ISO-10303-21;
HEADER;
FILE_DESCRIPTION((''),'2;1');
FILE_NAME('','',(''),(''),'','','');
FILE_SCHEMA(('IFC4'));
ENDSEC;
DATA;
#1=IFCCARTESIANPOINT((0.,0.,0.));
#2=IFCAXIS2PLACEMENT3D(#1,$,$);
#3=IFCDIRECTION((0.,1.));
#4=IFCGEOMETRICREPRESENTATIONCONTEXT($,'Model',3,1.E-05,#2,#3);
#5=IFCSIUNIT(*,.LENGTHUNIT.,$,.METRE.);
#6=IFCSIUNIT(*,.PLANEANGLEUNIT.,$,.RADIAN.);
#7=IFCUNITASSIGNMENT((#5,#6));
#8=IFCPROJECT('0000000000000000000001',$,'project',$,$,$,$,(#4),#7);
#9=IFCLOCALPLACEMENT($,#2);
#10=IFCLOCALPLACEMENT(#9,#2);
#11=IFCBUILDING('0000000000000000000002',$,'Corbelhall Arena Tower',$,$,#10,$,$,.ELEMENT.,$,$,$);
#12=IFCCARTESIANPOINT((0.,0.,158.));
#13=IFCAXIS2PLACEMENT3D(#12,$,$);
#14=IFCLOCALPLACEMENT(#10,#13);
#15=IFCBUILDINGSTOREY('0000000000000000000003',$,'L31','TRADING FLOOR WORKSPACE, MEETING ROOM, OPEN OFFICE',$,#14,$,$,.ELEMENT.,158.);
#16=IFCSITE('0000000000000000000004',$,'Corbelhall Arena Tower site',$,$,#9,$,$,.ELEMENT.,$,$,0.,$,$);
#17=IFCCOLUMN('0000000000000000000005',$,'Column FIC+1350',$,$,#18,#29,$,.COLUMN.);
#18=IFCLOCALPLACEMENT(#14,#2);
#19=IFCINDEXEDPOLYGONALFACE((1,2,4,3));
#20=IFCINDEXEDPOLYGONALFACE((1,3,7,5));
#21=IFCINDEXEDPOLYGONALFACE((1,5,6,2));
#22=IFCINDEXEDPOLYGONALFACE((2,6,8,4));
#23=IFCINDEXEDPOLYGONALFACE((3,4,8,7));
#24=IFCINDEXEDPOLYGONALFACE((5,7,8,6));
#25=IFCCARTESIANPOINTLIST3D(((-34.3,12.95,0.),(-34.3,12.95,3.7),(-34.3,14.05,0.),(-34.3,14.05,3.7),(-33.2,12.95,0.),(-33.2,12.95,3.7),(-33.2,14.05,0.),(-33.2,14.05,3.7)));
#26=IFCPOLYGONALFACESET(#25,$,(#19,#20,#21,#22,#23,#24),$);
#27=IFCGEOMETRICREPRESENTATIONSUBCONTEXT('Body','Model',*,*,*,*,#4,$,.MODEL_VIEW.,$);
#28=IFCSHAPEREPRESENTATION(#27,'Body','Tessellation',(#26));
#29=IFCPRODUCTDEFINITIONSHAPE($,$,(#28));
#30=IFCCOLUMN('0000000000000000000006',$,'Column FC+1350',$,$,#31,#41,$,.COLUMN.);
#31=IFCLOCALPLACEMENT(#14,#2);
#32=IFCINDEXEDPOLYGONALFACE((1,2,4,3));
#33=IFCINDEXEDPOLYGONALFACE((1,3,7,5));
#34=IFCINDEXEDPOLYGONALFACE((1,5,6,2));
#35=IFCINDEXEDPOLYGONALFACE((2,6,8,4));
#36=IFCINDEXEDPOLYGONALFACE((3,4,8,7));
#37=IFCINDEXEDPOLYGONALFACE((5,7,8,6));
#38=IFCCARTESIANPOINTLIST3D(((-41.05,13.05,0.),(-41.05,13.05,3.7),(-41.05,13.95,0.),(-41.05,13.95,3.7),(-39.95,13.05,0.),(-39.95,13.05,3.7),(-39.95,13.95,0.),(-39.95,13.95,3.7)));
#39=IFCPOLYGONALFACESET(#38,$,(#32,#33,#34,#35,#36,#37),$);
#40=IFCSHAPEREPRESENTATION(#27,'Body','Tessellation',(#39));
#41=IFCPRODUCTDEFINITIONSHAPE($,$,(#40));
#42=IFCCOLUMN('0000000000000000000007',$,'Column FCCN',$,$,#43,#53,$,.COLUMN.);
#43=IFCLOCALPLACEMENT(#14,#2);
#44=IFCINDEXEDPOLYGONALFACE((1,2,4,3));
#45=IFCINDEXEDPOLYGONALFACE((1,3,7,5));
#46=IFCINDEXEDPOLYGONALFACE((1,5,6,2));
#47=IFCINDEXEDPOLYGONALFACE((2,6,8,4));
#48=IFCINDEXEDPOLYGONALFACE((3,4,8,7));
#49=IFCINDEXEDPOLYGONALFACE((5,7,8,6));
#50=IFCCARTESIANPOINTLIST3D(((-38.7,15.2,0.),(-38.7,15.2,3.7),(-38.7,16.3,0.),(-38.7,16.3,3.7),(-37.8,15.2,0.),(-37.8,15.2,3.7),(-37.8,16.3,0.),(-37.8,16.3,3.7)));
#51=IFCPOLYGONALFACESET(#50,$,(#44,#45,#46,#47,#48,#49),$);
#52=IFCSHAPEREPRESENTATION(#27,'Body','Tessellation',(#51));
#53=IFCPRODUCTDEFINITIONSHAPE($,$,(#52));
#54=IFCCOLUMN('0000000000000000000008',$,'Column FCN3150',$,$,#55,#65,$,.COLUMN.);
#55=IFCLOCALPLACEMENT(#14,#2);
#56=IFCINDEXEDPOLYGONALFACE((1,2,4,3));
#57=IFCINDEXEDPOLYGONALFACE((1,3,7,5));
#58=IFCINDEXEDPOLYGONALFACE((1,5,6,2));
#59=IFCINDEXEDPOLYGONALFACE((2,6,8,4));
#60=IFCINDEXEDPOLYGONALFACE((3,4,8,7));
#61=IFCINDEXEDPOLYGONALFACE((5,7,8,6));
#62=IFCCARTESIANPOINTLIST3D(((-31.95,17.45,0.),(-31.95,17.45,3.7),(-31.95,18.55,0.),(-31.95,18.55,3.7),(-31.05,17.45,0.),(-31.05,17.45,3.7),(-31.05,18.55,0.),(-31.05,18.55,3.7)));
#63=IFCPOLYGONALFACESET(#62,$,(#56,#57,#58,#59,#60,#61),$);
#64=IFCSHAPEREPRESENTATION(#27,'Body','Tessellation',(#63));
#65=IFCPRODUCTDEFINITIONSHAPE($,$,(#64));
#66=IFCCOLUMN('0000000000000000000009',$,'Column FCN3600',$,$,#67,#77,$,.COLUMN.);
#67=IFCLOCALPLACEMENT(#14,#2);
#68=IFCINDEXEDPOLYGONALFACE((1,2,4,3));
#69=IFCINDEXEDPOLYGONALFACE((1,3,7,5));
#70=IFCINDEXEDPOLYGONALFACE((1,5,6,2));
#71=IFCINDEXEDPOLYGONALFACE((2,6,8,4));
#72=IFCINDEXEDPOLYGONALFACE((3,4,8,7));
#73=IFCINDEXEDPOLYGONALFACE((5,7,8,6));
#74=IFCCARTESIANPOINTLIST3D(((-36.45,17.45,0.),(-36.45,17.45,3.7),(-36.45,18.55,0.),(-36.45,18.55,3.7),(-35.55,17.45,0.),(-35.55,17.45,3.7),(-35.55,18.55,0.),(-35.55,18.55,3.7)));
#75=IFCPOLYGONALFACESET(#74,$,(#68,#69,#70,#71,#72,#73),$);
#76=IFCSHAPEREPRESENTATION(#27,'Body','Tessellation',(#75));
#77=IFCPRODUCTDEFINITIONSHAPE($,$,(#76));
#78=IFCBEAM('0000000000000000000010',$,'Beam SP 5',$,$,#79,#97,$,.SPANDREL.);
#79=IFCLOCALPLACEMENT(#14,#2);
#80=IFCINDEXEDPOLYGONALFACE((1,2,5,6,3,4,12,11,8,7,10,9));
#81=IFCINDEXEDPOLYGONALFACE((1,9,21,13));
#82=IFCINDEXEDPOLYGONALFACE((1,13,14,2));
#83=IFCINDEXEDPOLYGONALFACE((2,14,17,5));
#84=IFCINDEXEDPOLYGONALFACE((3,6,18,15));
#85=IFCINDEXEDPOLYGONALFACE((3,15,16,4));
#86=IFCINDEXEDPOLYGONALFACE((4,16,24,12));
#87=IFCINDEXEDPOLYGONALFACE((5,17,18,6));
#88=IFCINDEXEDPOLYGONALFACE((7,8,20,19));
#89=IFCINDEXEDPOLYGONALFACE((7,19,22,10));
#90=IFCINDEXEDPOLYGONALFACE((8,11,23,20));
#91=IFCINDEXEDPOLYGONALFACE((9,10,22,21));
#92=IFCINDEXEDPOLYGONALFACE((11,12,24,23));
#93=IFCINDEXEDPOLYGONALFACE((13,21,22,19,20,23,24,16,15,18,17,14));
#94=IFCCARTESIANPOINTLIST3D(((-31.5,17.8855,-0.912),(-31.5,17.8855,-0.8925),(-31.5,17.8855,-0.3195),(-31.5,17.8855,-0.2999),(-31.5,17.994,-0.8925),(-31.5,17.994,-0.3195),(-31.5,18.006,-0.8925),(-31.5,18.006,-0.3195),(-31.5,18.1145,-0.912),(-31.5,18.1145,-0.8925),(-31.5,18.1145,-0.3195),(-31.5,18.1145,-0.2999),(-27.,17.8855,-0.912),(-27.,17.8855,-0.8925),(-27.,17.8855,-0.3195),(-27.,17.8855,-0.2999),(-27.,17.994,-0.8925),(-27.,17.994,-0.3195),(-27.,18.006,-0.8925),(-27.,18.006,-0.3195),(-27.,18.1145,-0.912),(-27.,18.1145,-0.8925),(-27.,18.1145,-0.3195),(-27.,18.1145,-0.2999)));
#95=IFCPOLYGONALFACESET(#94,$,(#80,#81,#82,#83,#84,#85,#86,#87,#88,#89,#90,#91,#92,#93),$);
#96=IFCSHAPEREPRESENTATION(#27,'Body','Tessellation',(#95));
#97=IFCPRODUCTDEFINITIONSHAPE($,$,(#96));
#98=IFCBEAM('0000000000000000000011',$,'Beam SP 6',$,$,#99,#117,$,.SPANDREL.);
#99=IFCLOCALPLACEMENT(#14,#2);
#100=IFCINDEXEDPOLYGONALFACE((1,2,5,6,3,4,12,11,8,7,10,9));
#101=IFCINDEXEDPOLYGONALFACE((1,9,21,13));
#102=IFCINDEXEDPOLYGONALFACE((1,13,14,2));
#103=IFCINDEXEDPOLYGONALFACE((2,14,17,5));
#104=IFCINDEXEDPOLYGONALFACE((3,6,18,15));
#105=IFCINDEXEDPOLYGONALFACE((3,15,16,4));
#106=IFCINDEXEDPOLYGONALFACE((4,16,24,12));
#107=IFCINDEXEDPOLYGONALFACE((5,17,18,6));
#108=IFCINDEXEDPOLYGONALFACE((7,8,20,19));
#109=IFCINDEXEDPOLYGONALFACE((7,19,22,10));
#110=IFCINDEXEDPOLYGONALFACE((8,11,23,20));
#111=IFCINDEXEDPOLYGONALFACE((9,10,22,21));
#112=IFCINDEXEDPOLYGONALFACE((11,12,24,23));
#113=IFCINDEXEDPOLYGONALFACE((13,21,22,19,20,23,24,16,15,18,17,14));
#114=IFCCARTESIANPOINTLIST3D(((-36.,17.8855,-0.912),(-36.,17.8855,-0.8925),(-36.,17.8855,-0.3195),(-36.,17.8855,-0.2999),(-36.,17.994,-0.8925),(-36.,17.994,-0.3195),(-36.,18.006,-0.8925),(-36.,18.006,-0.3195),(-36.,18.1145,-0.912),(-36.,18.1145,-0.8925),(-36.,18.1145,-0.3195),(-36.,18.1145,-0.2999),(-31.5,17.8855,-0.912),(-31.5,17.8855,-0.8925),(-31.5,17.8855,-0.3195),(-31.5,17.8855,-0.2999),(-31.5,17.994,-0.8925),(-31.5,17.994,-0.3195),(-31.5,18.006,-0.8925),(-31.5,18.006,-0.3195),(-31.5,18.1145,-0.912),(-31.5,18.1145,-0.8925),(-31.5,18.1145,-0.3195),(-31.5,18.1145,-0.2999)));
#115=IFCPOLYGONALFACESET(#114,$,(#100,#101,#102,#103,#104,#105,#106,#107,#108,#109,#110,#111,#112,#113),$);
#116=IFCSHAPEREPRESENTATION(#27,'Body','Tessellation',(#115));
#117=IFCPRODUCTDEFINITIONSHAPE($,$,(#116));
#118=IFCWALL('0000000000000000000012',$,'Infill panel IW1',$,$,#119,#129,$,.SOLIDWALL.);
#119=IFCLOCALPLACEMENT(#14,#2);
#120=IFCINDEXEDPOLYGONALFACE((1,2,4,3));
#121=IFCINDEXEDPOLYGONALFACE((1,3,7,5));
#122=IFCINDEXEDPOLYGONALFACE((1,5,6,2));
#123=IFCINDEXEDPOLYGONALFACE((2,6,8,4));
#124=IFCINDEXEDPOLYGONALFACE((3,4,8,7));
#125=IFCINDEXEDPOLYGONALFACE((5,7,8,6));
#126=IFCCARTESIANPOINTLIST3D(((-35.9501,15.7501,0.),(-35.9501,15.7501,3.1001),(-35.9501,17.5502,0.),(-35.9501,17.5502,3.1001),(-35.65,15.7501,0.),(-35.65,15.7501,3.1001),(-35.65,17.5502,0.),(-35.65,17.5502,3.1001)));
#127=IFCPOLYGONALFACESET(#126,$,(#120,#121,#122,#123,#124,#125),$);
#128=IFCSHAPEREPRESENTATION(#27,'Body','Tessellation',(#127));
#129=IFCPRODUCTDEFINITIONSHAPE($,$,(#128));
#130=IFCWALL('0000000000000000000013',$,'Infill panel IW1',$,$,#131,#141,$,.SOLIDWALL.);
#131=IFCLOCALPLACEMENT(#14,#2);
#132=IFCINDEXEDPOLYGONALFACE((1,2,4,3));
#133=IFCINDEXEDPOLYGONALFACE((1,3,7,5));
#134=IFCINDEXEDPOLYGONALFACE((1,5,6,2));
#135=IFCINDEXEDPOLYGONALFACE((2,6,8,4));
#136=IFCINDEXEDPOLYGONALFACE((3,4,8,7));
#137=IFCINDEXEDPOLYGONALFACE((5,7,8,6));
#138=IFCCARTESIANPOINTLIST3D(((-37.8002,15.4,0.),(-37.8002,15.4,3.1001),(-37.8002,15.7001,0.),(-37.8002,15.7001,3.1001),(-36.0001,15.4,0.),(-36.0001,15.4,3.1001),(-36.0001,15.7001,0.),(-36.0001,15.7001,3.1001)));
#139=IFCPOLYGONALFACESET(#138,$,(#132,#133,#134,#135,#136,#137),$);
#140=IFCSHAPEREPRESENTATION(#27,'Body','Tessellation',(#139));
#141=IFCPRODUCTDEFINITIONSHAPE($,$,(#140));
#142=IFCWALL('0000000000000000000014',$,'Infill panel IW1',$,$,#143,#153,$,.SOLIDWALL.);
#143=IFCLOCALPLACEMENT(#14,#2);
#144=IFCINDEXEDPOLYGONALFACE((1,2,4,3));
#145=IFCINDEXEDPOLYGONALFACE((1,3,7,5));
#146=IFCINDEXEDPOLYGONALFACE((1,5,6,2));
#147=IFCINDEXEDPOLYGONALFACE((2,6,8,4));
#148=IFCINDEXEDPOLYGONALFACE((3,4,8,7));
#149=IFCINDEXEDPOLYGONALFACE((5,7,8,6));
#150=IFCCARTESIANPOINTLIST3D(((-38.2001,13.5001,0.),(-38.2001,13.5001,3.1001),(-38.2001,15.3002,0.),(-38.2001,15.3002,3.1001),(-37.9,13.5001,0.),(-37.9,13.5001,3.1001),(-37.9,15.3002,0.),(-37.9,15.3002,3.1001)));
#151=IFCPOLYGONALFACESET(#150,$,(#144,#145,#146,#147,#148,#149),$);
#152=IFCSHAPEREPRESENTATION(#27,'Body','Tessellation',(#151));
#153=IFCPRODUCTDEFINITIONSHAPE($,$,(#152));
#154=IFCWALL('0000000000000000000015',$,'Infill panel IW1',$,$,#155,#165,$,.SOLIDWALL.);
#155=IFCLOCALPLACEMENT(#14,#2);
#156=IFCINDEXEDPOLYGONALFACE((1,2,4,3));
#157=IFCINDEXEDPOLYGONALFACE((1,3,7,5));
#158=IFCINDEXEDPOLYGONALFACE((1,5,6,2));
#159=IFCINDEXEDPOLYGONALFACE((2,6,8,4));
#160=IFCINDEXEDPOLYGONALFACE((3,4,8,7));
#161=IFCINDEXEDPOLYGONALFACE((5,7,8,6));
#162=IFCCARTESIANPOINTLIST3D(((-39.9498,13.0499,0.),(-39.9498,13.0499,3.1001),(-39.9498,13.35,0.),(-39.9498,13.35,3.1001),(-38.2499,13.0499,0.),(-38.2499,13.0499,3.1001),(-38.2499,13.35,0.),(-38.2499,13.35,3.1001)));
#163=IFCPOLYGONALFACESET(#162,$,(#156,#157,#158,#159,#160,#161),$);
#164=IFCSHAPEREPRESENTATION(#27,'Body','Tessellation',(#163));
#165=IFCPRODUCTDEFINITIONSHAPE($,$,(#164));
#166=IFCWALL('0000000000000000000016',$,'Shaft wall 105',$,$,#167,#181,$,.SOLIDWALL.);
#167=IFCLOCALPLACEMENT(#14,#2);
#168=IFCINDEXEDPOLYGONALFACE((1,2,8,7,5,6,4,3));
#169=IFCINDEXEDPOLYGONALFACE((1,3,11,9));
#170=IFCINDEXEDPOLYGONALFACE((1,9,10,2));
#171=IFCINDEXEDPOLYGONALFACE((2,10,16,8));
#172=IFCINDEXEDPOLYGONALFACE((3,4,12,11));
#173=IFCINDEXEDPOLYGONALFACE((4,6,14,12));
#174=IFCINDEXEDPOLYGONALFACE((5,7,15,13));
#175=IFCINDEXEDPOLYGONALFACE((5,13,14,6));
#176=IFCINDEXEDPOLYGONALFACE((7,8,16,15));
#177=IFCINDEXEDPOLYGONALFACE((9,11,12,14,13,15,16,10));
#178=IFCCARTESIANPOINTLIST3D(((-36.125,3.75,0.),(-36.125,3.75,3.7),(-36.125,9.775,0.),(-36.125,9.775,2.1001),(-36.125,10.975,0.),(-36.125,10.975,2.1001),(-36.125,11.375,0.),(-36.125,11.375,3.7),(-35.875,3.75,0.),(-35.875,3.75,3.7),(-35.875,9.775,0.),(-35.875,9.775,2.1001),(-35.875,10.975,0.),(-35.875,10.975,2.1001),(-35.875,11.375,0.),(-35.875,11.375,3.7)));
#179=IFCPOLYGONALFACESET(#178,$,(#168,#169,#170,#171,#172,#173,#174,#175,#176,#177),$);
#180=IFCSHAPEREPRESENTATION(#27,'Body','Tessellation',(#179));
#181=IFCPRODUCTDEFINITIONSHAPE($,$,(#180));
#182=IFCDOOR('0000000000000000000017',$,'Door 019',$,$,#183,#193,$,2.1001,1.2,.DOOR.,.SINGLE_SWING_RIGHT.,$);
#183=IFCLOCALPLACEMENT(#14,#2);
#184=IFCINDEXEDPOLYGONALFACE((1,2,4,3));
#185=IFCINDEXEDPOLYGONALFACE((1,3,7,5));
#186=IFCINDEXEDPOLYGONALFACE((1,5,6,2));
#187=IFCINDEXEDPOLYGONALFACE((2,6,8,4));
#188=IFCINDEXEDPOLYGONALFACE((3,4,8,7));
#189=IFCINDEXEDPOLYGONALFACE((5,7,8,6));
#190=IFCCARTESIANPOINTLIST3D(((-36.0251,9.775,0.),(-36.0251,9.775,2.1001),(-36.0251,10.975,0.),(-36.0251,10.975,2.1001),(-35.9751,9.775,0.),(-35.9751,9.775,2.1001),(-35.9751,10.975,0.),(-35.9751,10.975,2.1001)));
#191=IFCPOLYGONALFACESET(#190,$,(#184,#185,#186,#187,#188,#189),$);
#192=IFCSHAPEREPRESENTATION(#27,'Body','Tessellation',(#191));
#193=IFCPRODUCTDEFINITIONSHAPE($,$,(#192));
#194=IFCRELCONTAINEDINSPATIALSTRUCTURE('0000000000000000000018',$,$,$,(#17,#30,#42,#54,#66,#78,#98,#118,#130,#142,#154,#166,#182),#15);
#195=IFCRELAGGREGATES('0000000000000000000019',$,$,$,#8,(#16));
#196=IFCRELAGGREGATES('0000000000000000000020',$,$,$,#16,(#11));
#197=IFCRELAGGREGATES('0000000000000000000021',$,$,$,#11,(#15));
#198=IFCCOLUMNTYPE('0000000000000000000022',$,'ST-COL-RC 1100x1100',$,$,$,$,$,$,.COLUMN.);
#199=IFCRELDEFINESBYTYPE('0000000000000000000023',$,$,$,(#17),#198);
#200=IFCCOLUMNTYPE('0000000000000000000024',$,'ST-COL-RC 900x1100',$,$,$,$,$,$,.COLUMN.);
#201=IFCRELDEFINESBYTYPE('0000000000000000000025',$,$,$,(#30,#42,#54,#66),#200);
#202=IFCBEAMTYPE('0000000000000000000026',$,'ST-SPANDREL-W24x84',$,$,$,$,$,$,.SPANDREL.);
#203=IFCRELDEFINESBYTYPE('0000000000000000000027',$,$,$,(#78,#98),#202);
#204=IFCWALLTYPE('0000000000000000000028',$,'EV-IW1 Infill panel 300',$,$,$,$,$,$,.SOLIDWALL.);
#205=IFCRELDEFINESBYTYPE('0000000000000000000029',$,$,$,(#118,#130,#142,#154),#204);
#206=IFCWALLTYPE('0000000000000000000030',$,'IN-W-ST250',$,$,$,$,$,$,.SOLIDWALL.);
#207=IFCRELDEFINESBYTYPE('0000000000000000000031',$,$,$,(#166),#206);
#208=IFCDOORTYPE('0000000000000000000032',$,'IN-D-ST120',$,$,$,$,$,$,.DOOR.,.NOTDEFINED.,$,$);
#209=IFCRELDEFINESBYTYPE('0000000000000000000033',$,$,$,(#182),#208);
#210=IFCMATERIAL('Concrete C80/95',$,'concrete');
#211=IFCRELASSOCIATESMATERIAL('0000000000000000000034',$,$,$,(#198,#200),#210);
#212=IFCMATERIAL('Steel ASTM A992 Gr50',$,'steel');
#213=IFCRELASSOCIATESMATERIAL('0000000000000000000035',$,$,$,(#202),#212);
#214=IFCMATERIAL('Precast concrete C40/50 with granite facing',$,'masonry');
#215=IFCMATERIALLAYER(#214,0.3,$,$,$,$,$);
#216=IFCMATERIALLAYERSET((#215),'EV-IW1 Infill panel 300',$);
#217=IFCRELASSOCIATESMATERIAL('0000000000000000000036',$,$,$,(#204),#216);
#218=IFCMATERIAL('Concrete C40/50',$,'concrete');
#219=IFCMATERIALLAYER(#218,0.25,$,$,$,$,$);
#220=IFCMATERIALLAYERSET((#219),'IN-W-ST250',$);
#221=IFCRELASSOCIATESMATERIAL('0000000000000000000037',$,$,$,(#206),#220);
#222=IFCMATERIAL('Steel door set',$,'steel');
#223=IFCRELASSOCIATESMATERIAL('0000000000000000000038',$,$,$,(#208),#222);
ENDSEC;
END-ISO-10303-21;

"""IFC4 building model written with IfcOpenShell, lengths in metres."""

from ifc_helpers import new_model, si_unit, direction, frame, frame_2d, origin, origin_2d, place, context, subcontext, project, spatial, rectangle, i_section, extrude, material, layer, layer_set, material_profile, profile_set, type_object, element, fill, save


model = new_model("IFC4")

# Units and contexts
model_context = context("Model", 3, precision=1e-05, world=origin(), true_north=direction((0.0, 1.0)))
body_context = subcontext(model_context, "Body", "Model", "MODEL_VIEW")
ifc_project = project(units=[si_unit("LENGTHUNIT", "METRE"), si_unit("PLANEANGLEUNIT", "RADIAN")], contexts=[model_context])

# Site, building, storey
site_placement = place(None, origin())
site = spatial("IfcSite", under=ifc_project, at=site_placement, Name="Corbelhall Arena Tower site", CompositionType="ELEMENT", RefElevation=0.0)
building_placement = place(site_placement, origin())
building = spatial("IfcBuilding", under=site, at=building_placement, Name="Corbelhall Arena Tower", CompositionType="ELEMENT")
storey_placement = place(building_placement, frame((0.0, 0.0, 158.0)))
storey = spatial("IfcBuildingStorey", under=building, at=storey_placement, Name="L31", Description="TRADING FLOOR WORKSPACE, MEETING ROOM, OPEN OFFICE", CompositionType="ELEMENT", Elevation=158.0)

# Columns
ifc_material_1 = material(Name="Concrete C80/95", Category="concrete")
ifc_material_profile_1 = material_profile(ifc_material_1, rectangle(XDim=1.1001, YDim=1.1001, at=origin_2d()))
ifc_profile_set_1 = profile_set([ifc_material_profile_1], Name="Concrete C80/95")
column_type_1 = type_object("IfcColumnType", Name="ST-COL-RC 1100x1100", PredefinedType="COLUMN", material=ifc_profile_set_1)
column_placement = place(storey_placement, frame((-33.75, 13.5, 0.0), z_axis=(0.0, 0.0, 1.0), x_axis=(1.0, 0.0, 0.0)))
element("IfcColumn", 1, at=column_placement, inside=storey, type_object=column_type_1, Name="Column FIC+1350", PredefinedType="COLUMN", context=body_context, shape_type="SweptSolid", body=[
    extrude(rectangle(XDim=1.1001, YDim=1.1001, at=origin_2d()), origin(), (0.0, 0.0, 1.0), 3.7),
])
ifc_material_profile_2 = material_profile(ifc_material_1, rectangle(XDim=0.8999, YDim=1.1001, at=origin_2d()))
ifc_profile_set_2 = profile_set([ifc_material_profile_2], Name="Concrete C80/95")
column_type_2 = type_object("IfcColumnType", Name="ST-COL-RC 900x1100", PredefinedType="COLUMN", material=ifc_profile_set_2)
for number, where, z_axis, x_axis, name in (
    (2, (-40.5, 13.5, 0.0), (0.0, 0.0, 1.0), (0.0, 1.0, 0.0), "Column FC+1350"),
    (3, (-38.25, 15.75, 0.0), (0.0, 0.0, 1.0), (1.0, 0.0, 0.0), "Column FCCN"),
    (4, (-31.5, 18.0, 0.0), (0.0, 0.0, 1.0), (1.0, 0.0, 0.0), "Column FCN3150"),
    (5, (-36.0, 18.0, 0.0), (0.0, 0.0, 1.0), (1.0, 0.0, 0.0), "Column FCN3600"),
):
    element("IfcColumn", number, at=place(storey_placement, frame(where, z_axis=z_axis, x_axis=x_axis)), inside=storey, type_object=column_type_2, Name=name, PredefinedType="COLUMN", context=body_context, shape_type="SweptSolid", body=[
        extrude(rectangle(XDim=0.8999, YDim=1.1001, at=origin_2d()), origin(), (0.0, 0.0, 1.0), 3.7),
    ])

# Beams
ifc_material_2 = material(Name="Steel ASTM A992 Gr50", Category="steel")
ifc_material_profile_3 = material_profile(ifc_material_2, i_section(OverallWidth=0.229, OverallDepth=0.6121, WebThickness=0.012, FlangeThickness=0.0195, at=origin_2d()))
ifc_profile_set_3 = profile_set([ifc_material_profile_3], Name="Steel ASTM A992 Gr50")
beam_type = type_object("IfcBeamType", Name="ST-SPANDREL-W24x84", PredefinedType="SPANDREL", material=ifc_profile_set_3)
for number, where, z_axis, x_axis, name in (
    (6, (-31.5, 18.0, -0.606), (1.0, 0.0, 0.0), (0.0, 1.0, 0.0), "Beam SP 5"),
    (7, (-36.0, 18.0, -0.606), (1.0, 0.0, 0.0), (0.0, 1.0, 0.0), "Beam SP 6"),
):
    element("IfcBeam", number, at=place(storey_placement, frame(where, z_axis=z_axis, x_axis=x_axis)), inside=storey, type_object=beam_type, Name=name, PredefinedType="SPANDREL", context=body_context, shape_type="SweptSolid", body=[
        extrude(i_section(OverallWidth=0.229, OverallDepth=0.6121, WebThickness=0.012, FlangeThickness=0.0195, at=origin_2d()), origin(), (0.0, 0.0, 1.0), 4.5),
    ])

# Walls
ifc_material_3 = material(Name="Precast concrete C40/50 with granite facing", Category="masonry")
ifc_layer_1 = layer(ifc_material_3, 0.3)
ifc_layer_set_1 = layer_set([ifc_layer_1], Name="EV-IW1 Infill panel 300")
wall_type_1 = type_object("IfcWallType", Name="EV-IW1 Infill panel 300", PredefinedType="SOLIDWALL", material=ifc_layer_set_1)
for number, where, z_axis, x_axis, name in (
    (8, (-35.8, 17.55, 0.0), (0.0, 0.0, 1.0), (0.0, -1.0, 0.0), "Infill panel IW1"),
    (9, (-37.8, 15.55, 0.0), (0.0, 0.0, 1.0), (1.0, 0.0, 0.0), "Infill panel IW1"),
    (10, (-38.05, 15.3, 0.0), (0.0, 0.0, 1.0), (0.0, -1.0, 0.0), "Infill panel IW1"),
):
    element("IfcWall", number, at=place(storey_placement, frame(where, z_axis=z_axis, x_axis=x_axis)), inside=storey, type_object=wall_type_1, Name=name, PredefinedType="SOLIDWALL", context=body_context, shape_type="SweptSolid", body=[
        extrude(rectangle(XDim=1.8, YDim=0.3, at=frame_2d((0.8999, 0.0))), origin(), (0.0, 0.0, 1.0), 3.1001),
    ])
wall_1_placement = place(storey_placement, frame((-39.95, 13.2, 0.0), z_axis=(0.0, 0.0, 1.0), x_axis=(1.0, 0.0, 0.0)))
element("IfcWall", 11, at=wall_1_placement, inside=storey, type_object=wall_type_1, Name="Infill panel IW1", PredefinedType="SOLIDWALL", context=body_context, shape_type="SweptSolid", body=[
    extrude(rectangle(XDim=1.7, YDim=0.3, at=frame_2d((0.8501, 0.0))), origin(), (0.0, 0.0, 1.0), 3.1001),
])

# Wall, opening, door
ifc_material_4 = material(Name="Concrete C40/50", Category="concrete")
ifc_layer_2 = layer(ifc_material_4, 0.25)
ifc_layer_set_2 = layer_set([ifc_layer_2], Name="IN-W-ST250")
wall_type_2 = type_object("IfcWallType", Name="IN-W-ST250", PredefinedType="SOLIDWALL", material=ifc_layer_set_2)
wall_2_placement = place(storey_placement, frame((-36.0, 11.375, 0.0), z_axis=(0.0, 0.0, 1.0), x_axis=(0.0, -1.0, 0.0)))
wall_2 = element("IfcWall", 12, at=wall_2_placement, inside=storey, type_object=wall_type_2, Name="Shaft wall 105", PredefinedType="SOLIDWALL", context=body_context, shape_type="SweptSolid", body=[
    extrude(rectangle(XDim=7.625, YDim=0.25, at=frame_2d((3.8125, 0.0))), origin(), (0.0, 0.0, 1.0), 3.7),
])
opening_1_placement = place(wall_2_placement, frame((0.3999, 0.0, 0.0)))
opening_1 = element("IfcOpeningElement", 13, at=opening_1_placement, cuts=wall_2, PredefinedType="OPENING", context=body_context, shape_type="SweptSolid", body=[
    extrude(rectangle(XDim=1.2, YDim=2.1001, at=frame_2d((0.6001, 1.05))), frame((0.0, 0.125, 0.0), z_axis=(0.0, -1.0, 0.0), x_axis=(1.0, 0.0, 0.0)), (0.0, 0.0, 1.0), 0.25),
])
ifc_material_5 = material(Name="Steel door set", Category="steel")
door_type = type_object("IfcDoorType", Name="IN-D-ST120", OperationType="NOTDEFINED", PredefinedType="DOOR", material=ifc_material_5)
door_placement = place(opening_1_placement, origin())
door = element("IfcDoor", 14, at=door_placement, inside=storey, type_object=door_type, Name="Door 019", OperationType="SINGLE_SWING_RIGHT", OverallHeight=2.1001, OverallWidth=1.2, PredefinedType="DOOR", context=body_context, shape_type="SweptSolid", body=[
    extrude(rectangle(XDim=1.2, YDim=2.1001, at=frame_2d((0.6001, 1.05))), frame((0.0, 0.0249, 0.0), z_axis=(0.0, -1.0, 0.0), x_axis=(1.0, 0.0, 0.0)), (0.0, 0.0, 1.0), 0.05),
])
fill(opening_1, door)

save(model, "model.ifc")
